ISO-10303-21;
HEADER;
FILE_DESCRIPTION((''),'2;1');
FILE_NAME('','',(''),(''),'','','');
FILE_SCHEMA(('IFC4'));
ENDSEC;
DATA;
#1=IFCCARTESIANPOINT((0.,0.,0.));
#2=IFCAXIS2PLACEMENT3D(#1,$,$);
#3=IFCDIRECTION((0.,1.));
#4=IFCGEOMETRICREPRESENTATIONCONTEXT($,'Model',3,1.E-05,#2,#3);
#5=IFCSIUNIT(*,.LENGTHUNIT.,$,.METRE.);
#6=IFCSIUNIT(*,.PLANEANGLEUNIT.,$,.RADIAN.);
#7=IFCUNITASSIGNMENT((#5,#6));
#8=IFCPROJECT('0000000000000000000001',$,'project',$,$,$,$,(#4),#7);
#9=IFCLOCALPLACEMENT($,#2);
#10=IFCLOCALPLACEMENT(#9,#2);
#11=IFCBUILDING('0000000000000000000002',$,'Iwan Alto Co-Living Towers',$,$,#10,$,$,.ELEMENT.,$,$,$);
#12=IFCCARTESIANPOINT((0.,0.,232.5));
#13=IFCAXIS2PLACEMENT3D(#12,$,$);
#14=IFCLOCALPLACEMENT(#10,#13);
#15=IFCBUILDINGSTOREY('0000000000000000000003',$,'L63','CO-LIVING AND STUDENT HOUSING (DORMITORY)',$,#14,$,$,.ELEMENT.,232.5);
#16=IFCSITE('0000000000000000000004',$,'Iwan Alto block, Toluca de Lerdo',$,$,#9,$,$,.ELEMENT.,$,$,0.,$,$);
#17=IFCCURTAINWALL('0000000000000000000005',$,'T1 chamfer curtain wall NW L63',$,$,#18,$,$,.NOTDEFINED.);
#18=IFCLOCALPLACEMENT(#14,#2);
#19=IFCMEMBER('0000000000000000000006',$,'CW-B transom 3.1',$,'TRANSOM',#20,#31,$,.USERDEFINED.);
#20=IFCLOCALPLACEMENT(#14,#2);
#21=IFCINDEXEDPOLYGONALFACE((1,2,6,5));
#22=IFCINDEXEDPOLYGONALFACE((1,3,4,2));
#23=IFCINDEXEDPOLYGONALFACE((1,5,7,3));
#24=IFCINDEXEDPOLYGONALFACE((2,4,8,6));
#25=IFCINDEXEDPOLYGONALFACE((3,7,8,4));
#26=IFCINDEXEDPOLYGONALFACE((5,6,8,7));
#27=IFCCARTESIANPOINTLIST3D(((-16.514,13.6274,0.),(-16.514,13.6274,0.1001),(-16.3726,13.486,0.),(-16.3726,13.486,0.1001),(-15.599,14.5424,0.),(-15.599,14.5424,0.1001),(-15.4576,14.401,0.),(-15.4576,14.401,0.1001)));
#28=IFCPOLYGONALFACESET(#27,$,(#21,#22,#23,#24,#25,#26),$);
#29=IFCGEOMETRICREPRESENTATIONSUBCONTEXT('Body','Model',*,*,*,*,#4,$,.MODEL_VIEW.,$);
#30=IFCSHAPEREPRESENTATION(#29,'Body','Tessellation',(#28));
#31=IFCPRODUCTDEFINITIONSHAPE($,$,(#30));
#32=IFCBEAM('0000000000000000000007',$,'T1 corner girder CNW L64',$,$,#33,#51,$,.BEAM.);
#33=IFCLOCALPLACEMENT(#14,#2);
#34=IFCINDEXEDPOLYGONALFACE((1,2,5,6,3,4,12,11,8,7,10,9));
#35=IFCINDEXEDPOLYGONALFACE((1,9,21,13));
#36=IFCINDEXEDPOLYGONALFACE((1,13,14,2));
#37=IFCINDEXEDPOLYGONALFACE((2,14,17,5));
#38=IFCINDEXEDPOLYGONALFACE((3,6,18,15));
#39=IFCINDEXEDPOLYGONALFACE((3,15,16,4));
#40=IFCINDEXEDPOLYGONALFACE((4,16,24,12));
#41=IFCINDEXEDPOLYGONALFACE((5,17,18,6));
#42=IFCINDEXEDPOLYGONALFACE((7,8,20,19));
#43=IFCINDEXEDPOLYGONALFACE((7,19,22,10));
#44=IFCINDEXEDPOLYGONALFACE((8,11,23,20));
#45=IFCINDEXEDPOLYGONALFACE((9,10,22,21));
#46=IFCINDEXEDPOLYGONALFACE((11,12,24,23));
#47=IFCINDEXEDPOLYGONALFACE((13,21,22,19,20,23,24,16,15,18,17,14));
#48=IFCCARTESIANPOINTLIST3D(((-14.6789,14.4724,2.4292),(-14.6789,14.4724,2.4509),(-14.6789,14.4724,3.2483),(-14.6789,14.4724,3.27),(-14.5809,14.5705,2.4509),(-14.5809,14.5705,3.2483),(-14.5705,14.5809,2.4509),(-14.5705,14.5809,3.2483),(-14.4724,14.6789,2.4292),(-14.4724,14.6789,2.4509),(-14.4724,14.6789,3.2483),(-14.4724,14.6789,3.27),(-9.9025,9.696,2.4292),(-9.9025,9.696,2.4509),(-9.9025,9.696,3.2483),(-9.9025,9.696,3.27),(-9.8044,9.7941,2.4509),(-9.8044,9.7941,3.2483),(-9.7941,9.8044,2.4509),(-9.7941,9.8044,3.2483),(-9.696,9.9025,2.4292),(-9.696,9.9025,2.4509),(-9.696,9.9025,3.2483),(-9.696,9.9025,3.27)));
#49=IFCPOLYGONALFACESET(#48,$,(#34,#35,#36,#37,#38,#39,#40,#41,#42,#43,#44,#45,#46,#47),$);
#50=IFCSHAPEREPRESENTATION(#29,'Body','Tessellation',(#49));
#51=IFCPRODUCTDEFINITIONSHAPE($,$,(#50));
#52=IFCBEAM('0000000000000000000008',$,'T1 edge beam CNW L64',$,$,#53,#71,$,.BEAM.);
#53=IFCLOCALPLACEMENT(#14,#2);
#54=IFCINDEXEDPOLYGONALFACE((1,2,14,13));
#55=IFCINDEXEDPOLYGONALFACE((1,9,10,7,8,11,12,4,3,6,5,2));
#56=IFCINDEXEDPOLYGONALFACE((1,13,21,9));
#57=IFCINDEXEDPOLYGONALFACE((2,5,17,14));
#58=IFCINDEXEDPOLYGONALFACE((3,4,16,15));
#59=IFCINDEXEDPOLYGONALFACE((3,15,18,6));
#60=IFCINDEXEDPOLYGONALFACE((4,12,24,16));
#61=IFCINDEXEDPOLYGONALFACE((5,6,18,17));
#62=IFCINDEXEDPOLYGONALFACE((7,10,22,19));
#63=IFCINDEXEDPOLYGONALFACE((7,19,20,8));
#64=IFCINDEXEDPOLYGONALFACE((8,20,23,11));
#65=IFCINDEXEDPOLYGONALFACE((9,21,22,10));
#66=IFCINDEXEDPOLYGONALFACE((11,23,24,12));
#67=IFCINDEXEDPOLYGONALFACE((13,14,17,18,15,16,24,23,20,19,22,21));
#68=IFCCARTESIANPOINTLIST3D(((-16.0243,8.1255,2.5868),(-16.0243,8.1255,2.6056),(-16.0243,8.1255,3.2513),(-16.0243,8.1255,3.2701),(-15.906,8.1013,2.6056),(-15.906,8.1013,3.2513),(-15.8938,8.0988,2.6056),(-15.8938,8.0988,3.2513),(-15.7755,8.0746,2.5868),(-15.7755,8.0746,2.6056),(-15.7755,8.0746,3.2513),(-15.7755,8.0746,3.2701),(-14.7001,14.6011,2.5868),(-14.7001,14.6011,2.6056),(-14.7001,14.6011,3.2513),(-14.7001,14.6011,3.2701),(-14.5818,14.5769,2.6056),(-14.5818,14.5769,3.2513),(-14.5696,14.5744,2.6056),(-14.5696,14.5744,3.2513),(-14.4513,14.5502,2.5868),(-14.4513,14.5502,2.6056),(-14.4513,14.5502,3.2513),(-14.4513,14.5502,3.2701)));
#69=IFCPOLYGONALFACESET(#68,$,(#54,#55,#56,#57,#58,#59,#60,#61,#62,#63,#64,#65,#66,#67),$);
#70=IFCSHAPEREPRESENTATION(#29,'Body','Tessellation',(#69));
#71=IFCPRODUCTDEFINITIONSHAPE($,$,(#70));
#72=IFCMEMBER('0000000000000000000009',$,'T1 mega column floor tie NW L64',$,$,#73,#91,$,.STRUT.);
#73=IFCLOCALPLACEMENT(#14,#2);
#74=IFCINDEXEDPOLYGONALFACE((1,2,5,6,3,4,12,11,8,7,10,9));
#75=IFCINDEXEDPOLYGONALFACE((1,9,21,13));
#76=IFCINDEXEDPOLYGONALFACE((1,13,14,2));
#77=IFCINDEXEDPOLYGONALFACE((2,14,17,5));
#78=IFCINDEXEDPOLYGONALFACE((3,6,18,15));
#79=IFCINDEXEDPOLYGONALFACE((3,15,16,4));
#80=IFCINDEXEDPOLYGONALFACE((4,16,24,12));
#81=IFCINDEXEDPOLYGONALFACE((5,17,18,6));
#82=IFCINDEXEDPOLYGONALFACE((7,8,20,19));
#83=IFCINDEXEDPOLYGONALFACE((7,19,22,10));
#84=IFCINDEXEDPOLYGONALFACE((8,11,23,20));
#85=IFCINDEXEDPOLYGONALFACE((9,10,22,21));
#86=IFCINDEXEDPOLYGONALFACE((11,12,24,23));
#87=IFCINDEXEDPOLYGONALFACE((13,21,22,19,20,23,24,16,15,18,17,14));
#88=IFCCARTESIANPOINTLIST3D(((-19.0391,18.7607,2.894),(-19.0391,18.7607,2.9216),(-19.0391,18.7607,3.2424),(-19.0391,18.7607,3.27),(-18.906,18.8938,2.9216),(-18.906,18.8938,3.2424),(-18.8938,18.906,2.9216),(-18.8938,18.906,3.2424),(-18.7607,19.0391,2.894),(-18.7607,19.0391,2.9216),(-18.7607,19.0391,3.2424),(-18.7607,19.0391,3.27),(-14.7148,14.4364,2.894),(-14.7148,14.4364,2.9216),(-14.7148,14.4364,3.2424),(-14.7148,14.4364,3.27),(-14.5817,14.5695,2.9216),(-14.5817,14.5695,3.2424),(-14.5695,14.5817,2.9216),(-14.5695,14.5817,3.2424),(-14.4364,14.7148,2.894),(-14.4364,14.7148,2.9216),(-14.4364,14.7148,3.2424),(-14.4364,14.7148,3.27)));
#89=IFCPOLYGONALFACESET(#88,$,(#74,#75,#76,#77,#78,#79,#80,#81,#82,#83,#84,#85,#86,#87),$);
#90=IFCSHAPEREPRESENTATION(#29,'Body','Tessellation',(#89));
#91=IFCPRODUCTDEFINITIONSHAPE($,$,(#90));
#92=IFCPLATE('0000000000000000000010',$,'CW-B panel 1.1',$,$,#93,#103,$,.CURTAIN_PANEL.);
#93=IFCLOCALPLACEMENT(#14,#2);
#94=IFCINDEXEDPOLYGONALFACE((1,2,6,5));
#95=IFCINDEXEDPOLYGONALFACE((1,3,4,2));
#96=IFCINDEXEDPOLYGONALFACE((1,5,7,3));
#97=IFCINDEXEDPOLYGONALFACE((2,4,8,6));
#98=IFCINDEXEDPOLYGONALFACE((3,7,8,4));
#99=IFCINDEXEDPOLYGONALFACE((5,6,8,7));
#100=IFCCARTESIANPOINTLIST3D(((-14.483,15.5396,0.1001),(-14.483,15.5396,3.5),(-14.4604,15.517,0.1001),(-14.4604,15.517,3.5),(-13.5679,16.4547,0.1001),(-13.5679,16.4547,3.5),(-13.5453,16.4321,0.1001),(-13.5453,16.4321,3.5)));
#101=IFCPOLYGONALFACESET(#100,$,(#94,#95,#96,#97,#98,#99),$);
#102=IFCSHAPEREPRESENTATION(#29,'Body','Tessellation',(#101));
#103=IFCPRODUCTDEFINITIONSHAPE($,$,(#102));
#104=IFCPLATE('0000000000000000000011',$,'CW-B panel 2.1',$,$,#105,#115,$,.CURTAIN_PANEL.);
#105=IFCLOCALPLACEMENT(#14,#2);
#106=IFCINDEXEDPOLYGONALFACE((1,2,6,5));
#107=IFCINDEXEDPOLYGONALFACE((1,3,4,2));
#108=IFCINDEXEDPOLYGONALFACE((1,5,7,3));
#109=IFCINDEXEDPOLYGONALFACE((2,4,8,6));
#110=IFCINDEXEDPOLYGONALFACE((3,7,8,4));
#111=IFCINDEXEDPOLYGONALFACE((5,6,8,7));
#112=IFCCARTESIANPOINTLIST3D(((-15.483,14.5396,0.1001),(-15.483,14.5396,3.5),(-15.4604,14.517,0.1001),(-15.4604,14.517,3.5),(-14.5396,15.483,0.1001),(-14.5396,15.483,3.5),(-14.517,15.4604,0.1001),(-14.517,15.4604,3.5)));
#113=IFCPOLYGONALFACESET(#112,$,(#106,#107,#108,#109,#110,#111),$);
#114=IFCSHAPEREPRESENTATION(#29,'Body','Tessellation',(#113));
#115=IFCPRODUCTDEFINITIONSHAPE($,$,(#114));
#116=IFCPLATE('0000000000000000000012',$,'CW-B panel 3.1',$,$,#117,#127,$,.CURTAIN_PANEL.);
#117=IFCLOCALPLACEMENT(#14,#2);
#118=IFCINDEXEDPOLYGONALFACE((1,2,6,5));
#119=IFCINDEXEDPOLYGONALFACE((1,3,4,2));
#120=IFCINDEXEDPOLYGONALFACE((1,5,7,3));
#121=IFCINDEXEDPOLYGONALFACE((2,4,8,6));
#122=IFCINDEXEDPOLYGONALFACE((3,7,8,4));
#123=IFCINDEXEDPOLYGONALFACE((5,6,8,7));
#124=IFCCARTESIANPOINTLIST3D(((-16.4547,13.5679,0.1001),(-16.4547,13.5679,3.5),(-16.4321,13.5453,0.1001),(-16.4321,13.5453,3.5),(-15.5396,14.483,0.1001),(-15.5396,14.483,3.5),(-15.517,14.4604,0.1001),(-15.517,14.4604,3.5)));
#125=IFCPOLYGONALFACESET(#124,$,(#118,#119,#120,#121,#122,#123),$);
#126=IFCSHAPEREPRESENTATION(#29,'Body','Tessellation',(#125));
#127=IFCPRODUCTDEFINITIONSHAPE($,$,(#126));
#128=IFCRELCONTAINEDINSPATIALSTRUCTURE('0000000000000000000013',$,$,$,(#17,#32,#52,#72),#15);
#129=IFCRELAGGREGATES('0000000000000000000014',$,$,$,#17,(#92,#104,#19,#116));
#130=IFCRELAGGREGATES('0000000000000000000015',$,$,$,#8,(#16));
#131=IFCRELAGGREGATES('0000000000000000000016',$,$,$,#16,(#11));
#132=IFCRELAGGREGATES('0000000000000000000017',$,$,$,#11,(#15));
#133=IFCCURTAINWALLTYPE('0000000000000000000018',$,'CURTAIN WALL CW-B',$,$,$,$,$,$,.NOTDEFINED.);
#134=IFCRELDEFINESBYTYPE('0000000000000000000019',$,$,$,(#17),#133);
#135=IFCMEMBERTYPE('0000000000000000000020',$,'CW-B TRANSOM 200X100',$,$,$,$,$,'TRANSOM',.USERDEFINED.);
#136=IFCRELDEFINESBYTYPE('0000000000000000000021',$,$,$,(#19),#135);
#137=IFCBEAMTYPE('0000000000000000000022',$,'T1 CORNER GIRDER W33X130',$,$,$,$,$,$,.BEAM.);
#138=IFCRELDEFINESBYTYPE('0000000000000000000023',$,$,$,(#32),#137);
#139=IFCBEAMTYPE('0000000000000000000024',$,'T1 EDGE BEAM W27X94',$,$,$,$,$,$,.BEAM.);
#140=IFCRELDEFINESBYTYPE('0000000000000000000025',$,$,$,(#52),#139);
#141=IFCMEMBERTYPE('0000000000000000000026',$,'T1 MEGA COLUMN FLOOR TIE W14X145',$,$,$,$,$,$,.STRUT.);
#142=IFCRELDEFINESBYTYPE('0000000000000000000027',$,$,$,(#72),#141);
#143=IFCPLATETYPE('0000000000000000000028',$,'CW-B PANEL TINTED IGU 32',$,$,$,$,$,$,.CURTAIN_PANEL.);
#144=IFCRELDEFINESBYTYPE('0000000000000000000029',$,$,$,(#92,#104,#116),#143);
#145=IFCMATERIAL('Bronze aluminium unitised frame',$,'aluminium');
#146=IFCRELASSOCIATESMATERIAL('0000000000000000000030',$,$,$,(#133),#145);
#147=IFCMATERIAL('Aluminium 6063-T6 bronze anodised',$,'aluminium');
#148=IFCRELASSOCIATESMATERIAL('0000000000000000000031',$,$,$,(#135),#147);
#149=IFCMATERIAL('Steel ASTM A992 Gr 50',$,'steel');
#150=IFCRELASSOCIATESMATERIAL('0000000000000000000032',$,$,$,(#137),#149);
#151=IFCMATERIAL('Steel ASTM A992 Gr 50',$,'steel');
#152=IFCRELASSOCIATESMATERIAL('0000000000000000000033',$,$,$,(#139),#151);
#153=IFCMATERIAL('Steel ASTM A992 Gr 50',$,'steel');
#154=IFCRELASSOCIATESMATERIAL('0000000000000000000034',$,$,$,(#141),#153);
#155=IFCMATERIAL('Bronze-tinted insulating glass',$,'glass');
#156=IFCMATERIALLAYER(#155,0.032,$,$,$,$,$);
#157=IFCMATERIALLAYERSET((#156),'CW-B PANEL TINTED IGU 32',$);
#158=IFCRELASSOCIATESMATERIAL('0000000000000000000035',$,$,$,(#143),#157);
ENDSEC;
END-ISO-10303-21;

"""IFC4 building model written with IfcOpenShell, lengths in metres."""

from ifc_helpers import new_model, si_unit, direction, frame, origin, origin_2d, place, context, subcontext, project, spatial, rectangle, i_section, extrude, material, layer, layer_set, material_profile, profile_set, type_object, element, aggregate, save


model = new_model("IFC4")

# Units and contexts
model_context = context("Model", 3, precision=1e-05, world=origin(), true_north=direction((0.0, 1.0)))
body_context = subcontext(model_context, "Body", "Model", "MODEL_VIEW")
ifc_project = project(units=[si_unit("LENGTHUNIT", "METRE"), si_unit("PLANEANGLEUNIT", "RADIAN")], contexts=[model_context])

# Site, building, storey
site_placement = place(None, origin())
site = spatial("IfcSite", under=ifc_project, at=site_placement, Name="Iwan Alto block, Toluca de Lerdo", CompositionType="ELEMENT", RefElevation=0.0)
building_placement = place(site_placement, origin())
building = spatial("IfcBuilding", under=site, at=building_placement, Name="Iwan Alto Co-Living Towers", CompositionType="ELEMENT")
storey_placement = place(building_placement, frame((0.0, 0.0, 232.5)))
storey = spatial("IfcBuildingStorey", under=building, at=storey_placement, Name="L63", Description="CO-LIVING AND STUDENT HOUSING (DORMITORY)", CompositionType="ELEMENT", Elevation=232.5)

# Curtain wall, member
ifc_material_1 = material(Name="Bronze aluminium unitised frame", Category="aluminium")
curtain_wall_type_1 = type_object("IfcCurtainWallType", Name="CURTAIN WALL CW-B", PredefinedType="NOTDEFINED", material=ifc_material_1)
curtain_wall_1_placement = place(storey_placement, origin())
curtain_wall_1 = element("IfcCurtainWall", 1, at=curtain_wall_1_placement, inside=storey, type_object=curtain_wall_type_1, Name="T1 chamfer curtain wall NW L63", PredefinedType="NOTDEFINED")
ifc_material_2 = material(Name="Aluminium 6063-T6 bronze anodised", Category="aluminium")
ifc_material_profile_1 = material_profile(ifc_material_2, rectangle(XDim=0.2, YDim=0.1001, at=origin_2d()), Name="AL 200X100")
ifc_profile_set_1 = profile_set([ifc_material_profile_1], Name="Aluminium 6063-T6 bronze anodised")
member_type_1 = type_object("IfcMemberType", Name="CW-B TRANSOM 200X100", ElementType="TRANSOM", PredefinedType="USERDEFINED", material=ifc_profile_set_1)
member_1_placement = place(storey_placement, frame((-15.5283, 14.4717, 0.05), z_axis=(-0.707107, -0.707107, 0.0), x_axis=(0.707107, -0.707107, 0.0)))
member_1 = element("IfcMember", 2, at=member_1_placement, type_object=member_type_1, Name="CW-B transom 3.1", ObjectType="TRANSOM", PredefinedType="USERDEFINED", context=body_context, shape_type="SweptSolid", body=[
    extrude(rectangle(XDim=0.2, YDim=0.1001, at=origin_2d()), origin(), (0.0, 0.0, 1.0), 1.2939),
])

# Beams
ifc_material_3 = material(Name="Steel ASTM A992 Gr 50", Category="steel")
ifc_material_profile_2 = material_profile(ifc_material_3, i_section(OverallWidth=0.292, OverallDepth=0.8408, WebThickness=0.0146, FlangeThickness=0.0217, at=origin_2d()), Name="W33X130")
ifc_profile_set_2 = profile_set([ifc_material_profile_2], Name="Steel ASTM A992 Gr 50")
beam_type_1 = type_object("IfcBeamType", Name="T1 CORNER GIRDER W33X130", PredefinedType="BEAM", material=ifc_profile_set_2)
beam_1_placement = place(storey_placement, frame((-14.5757, 14.5757, 2.8496), z_axis=(0.707107, -0.707107, 0.0), x_axis=(0.707107, 0.707107, 0.0)))
element("IfcBeam", 3, at=beam_1_placement, inside=storey, type_object=beam_type_1, Name="T1 corner girder CNW L64", PredefinedType="BEAM", context=body_context, shape_type="SweptSolid", body=[
    extrude(i_section(OverallWidth=0.292, OverallDepth=0.8408, WebThickness=0.0146, FlangeThickness=0.0217, at=origin_2d()), origin(), (0.0, 0.0, 1.0), 6.7549),
])
ifc_material_4 = material(Name="Steel ASTM A992 Gr 50", Category="steel")
ifc_material_profile_3 = material_profile(ifc_material_4, i_section(OverallWidth=0.2539, OverallDepth=0.6833, WebThickness=0.0125, FlangeThickness=0.0188, at=origin_2d()), Name="W27X94")
ifc_profile_set_3 = profile_set([ifc_material_profile_3], Name="Steel ASTM A992 Gr 50")
beam_type_2 = type_object("IfcBeamType", Name="T1 EDGE BEAM W27X94", PredefinedType="BEAM", material=ifc_profile_set_3)
beam_2_placement = place(storey_placement, frame((-14.5757, 14.5757, 2.9285), z_axis=(-0.200348, -0.979725, 0.0), x_axis=(0.979725, -0.200348, 0.0)))
element("IfcBeam", 4, at=beam_2_placement, inside=storey, type_object=beam_type_2, Name="T1 edge beam CNW L64", PredefinedType="BEAM", context=body_context, shape_type="SweptSolid", body=[
    extrude(i_section(OverallWidth=0.2539, OverallDepth=0.6833, WebThickness=0.0125, FlangeThickness=0.0188, at=origin_2d()), origin(), (0.0, 0.0, 1.0), 6.6096),
])

# Member
ifc_material_5 = material(Name="Steel ASTM A992 Gr 50", Category="steel")
ifc_material_profile_4 = material_profile(ifc_material_5, i_section(OverallWidth=0.3938, OverallDepth=0.376, WebThickness=0.0173, FlangeThickness=0.0276, at=origin_2d()), Name="W14X145")
ifc_profile_set_4 = profile_set([ifc_material_profile_4], Name="Steel ASTM A992 Gr 50")
member_type_2 = type_object("IfcMemberType", Name="T1 MEGA COLUMN FLOOR TIE W14X145", PredefinedType="STRUT", material=ifc_profile_set_4)
member_2_placement = place(storey_placement, frame((-18.8999, 18.8999, 3.082), z_axis=(0.707107, -0.707107, 0.0), x_axis=(0.707107, 0.707107, 0.0)))
element("IfcMember", 5, at=member_2_placement, inside=storey, type_object=member_type_2, Name="T1 mega column floor tie NW L64", PredefinedType="STRUT", context=body_context, shape_type="SweptSolid", body=[
    extrude(i_section(OverallWidth=0.3938, OverallDepth=0.376, WebThickness=0.0173, FlangeThickness=0.0276, at=origin_2d()), origin(), (0.0, 0.0, 1.0), 6.1155),
])

# Plates
ifc_material_6 = material(Name="Bronze-tinted insulating glass", Category="glass")
ifc_layer = layer(ifc_material_6, 0.032)
ifc_layer_set = layer_set([ifc_layer], Name="CW-B PANEL TINTED IGU 32")
plate_type = type_object("IfcPlateType", Name="CW-B PANEL TINTED IGU 32", PredefinedType="CURTAIN_PANEL", material=ifc_layer_set)
plate_1_placement = place(storey_placement, frame((-14.0142, 15.9858, 0.1001), z_axis=(0.0, 0.0, 1.0), x_axis=(-0.707107, -0.707107, 0.0)))
plate_1 = element("IfcPlate", 6, at=plate_1_placement, type_object=plate_type, Name="CW-B panel 1.1", PredefinedType="CURTAIN_PANEL", context=body_context, shape_type="SweptSolid", body=[
    extrude(rectangle(XDim=1.2942, YDim=0.032, at=origin_2d()), origin(), (0.0, 0.0, 1.0), 3.3999),
])
plate_2_placement = place(storey_placement, frame((-15.0, 15.0, 0.1001), z_axis=(0.0, 0.0, 1.0), x_axis=(-0.707107, -0.707107, 0.0)))
plate_2 = element("IfcPlate", 7, at=plate_2_placement, type_object=plate_type, Name="CW-B panel 2.1", PredefinedType="CURTAIN_PANEL", context=body_context, shape_type="SweptSolid", body=[
    extrude(rectangle(XDim=1.3342, YDim=0.032, at=origin_2d()), origin(), (0.0, 0.0, 1.0), 3.3999),
])
plate_3_placement = place(storey_placement, frame((-15.9858, 14.0142, 0.1001), z_axis=(0.0, 0.0, 1.0), x_axis=(-0.707107, -0.707107, 0.0)))
plate_3 = element("IfcPlate", 8, at=plate_3_placement, type_object=plate_type, Name="CW-B panel 3.1", PredefinedType="CURTAIN_PANEL", context=body_context, shape_type="SweptSolid", body=[
    extrude(rectangle(XDim=1.2942, YDim=0.032, at=origin_2d()), origin(), (0.0, 0.0, 1.0), 3.3999),
])
aggregate(curtain_wall_1, [plate_1, plate_2, member_1, plate_3])

save(model, "model.ifc")
